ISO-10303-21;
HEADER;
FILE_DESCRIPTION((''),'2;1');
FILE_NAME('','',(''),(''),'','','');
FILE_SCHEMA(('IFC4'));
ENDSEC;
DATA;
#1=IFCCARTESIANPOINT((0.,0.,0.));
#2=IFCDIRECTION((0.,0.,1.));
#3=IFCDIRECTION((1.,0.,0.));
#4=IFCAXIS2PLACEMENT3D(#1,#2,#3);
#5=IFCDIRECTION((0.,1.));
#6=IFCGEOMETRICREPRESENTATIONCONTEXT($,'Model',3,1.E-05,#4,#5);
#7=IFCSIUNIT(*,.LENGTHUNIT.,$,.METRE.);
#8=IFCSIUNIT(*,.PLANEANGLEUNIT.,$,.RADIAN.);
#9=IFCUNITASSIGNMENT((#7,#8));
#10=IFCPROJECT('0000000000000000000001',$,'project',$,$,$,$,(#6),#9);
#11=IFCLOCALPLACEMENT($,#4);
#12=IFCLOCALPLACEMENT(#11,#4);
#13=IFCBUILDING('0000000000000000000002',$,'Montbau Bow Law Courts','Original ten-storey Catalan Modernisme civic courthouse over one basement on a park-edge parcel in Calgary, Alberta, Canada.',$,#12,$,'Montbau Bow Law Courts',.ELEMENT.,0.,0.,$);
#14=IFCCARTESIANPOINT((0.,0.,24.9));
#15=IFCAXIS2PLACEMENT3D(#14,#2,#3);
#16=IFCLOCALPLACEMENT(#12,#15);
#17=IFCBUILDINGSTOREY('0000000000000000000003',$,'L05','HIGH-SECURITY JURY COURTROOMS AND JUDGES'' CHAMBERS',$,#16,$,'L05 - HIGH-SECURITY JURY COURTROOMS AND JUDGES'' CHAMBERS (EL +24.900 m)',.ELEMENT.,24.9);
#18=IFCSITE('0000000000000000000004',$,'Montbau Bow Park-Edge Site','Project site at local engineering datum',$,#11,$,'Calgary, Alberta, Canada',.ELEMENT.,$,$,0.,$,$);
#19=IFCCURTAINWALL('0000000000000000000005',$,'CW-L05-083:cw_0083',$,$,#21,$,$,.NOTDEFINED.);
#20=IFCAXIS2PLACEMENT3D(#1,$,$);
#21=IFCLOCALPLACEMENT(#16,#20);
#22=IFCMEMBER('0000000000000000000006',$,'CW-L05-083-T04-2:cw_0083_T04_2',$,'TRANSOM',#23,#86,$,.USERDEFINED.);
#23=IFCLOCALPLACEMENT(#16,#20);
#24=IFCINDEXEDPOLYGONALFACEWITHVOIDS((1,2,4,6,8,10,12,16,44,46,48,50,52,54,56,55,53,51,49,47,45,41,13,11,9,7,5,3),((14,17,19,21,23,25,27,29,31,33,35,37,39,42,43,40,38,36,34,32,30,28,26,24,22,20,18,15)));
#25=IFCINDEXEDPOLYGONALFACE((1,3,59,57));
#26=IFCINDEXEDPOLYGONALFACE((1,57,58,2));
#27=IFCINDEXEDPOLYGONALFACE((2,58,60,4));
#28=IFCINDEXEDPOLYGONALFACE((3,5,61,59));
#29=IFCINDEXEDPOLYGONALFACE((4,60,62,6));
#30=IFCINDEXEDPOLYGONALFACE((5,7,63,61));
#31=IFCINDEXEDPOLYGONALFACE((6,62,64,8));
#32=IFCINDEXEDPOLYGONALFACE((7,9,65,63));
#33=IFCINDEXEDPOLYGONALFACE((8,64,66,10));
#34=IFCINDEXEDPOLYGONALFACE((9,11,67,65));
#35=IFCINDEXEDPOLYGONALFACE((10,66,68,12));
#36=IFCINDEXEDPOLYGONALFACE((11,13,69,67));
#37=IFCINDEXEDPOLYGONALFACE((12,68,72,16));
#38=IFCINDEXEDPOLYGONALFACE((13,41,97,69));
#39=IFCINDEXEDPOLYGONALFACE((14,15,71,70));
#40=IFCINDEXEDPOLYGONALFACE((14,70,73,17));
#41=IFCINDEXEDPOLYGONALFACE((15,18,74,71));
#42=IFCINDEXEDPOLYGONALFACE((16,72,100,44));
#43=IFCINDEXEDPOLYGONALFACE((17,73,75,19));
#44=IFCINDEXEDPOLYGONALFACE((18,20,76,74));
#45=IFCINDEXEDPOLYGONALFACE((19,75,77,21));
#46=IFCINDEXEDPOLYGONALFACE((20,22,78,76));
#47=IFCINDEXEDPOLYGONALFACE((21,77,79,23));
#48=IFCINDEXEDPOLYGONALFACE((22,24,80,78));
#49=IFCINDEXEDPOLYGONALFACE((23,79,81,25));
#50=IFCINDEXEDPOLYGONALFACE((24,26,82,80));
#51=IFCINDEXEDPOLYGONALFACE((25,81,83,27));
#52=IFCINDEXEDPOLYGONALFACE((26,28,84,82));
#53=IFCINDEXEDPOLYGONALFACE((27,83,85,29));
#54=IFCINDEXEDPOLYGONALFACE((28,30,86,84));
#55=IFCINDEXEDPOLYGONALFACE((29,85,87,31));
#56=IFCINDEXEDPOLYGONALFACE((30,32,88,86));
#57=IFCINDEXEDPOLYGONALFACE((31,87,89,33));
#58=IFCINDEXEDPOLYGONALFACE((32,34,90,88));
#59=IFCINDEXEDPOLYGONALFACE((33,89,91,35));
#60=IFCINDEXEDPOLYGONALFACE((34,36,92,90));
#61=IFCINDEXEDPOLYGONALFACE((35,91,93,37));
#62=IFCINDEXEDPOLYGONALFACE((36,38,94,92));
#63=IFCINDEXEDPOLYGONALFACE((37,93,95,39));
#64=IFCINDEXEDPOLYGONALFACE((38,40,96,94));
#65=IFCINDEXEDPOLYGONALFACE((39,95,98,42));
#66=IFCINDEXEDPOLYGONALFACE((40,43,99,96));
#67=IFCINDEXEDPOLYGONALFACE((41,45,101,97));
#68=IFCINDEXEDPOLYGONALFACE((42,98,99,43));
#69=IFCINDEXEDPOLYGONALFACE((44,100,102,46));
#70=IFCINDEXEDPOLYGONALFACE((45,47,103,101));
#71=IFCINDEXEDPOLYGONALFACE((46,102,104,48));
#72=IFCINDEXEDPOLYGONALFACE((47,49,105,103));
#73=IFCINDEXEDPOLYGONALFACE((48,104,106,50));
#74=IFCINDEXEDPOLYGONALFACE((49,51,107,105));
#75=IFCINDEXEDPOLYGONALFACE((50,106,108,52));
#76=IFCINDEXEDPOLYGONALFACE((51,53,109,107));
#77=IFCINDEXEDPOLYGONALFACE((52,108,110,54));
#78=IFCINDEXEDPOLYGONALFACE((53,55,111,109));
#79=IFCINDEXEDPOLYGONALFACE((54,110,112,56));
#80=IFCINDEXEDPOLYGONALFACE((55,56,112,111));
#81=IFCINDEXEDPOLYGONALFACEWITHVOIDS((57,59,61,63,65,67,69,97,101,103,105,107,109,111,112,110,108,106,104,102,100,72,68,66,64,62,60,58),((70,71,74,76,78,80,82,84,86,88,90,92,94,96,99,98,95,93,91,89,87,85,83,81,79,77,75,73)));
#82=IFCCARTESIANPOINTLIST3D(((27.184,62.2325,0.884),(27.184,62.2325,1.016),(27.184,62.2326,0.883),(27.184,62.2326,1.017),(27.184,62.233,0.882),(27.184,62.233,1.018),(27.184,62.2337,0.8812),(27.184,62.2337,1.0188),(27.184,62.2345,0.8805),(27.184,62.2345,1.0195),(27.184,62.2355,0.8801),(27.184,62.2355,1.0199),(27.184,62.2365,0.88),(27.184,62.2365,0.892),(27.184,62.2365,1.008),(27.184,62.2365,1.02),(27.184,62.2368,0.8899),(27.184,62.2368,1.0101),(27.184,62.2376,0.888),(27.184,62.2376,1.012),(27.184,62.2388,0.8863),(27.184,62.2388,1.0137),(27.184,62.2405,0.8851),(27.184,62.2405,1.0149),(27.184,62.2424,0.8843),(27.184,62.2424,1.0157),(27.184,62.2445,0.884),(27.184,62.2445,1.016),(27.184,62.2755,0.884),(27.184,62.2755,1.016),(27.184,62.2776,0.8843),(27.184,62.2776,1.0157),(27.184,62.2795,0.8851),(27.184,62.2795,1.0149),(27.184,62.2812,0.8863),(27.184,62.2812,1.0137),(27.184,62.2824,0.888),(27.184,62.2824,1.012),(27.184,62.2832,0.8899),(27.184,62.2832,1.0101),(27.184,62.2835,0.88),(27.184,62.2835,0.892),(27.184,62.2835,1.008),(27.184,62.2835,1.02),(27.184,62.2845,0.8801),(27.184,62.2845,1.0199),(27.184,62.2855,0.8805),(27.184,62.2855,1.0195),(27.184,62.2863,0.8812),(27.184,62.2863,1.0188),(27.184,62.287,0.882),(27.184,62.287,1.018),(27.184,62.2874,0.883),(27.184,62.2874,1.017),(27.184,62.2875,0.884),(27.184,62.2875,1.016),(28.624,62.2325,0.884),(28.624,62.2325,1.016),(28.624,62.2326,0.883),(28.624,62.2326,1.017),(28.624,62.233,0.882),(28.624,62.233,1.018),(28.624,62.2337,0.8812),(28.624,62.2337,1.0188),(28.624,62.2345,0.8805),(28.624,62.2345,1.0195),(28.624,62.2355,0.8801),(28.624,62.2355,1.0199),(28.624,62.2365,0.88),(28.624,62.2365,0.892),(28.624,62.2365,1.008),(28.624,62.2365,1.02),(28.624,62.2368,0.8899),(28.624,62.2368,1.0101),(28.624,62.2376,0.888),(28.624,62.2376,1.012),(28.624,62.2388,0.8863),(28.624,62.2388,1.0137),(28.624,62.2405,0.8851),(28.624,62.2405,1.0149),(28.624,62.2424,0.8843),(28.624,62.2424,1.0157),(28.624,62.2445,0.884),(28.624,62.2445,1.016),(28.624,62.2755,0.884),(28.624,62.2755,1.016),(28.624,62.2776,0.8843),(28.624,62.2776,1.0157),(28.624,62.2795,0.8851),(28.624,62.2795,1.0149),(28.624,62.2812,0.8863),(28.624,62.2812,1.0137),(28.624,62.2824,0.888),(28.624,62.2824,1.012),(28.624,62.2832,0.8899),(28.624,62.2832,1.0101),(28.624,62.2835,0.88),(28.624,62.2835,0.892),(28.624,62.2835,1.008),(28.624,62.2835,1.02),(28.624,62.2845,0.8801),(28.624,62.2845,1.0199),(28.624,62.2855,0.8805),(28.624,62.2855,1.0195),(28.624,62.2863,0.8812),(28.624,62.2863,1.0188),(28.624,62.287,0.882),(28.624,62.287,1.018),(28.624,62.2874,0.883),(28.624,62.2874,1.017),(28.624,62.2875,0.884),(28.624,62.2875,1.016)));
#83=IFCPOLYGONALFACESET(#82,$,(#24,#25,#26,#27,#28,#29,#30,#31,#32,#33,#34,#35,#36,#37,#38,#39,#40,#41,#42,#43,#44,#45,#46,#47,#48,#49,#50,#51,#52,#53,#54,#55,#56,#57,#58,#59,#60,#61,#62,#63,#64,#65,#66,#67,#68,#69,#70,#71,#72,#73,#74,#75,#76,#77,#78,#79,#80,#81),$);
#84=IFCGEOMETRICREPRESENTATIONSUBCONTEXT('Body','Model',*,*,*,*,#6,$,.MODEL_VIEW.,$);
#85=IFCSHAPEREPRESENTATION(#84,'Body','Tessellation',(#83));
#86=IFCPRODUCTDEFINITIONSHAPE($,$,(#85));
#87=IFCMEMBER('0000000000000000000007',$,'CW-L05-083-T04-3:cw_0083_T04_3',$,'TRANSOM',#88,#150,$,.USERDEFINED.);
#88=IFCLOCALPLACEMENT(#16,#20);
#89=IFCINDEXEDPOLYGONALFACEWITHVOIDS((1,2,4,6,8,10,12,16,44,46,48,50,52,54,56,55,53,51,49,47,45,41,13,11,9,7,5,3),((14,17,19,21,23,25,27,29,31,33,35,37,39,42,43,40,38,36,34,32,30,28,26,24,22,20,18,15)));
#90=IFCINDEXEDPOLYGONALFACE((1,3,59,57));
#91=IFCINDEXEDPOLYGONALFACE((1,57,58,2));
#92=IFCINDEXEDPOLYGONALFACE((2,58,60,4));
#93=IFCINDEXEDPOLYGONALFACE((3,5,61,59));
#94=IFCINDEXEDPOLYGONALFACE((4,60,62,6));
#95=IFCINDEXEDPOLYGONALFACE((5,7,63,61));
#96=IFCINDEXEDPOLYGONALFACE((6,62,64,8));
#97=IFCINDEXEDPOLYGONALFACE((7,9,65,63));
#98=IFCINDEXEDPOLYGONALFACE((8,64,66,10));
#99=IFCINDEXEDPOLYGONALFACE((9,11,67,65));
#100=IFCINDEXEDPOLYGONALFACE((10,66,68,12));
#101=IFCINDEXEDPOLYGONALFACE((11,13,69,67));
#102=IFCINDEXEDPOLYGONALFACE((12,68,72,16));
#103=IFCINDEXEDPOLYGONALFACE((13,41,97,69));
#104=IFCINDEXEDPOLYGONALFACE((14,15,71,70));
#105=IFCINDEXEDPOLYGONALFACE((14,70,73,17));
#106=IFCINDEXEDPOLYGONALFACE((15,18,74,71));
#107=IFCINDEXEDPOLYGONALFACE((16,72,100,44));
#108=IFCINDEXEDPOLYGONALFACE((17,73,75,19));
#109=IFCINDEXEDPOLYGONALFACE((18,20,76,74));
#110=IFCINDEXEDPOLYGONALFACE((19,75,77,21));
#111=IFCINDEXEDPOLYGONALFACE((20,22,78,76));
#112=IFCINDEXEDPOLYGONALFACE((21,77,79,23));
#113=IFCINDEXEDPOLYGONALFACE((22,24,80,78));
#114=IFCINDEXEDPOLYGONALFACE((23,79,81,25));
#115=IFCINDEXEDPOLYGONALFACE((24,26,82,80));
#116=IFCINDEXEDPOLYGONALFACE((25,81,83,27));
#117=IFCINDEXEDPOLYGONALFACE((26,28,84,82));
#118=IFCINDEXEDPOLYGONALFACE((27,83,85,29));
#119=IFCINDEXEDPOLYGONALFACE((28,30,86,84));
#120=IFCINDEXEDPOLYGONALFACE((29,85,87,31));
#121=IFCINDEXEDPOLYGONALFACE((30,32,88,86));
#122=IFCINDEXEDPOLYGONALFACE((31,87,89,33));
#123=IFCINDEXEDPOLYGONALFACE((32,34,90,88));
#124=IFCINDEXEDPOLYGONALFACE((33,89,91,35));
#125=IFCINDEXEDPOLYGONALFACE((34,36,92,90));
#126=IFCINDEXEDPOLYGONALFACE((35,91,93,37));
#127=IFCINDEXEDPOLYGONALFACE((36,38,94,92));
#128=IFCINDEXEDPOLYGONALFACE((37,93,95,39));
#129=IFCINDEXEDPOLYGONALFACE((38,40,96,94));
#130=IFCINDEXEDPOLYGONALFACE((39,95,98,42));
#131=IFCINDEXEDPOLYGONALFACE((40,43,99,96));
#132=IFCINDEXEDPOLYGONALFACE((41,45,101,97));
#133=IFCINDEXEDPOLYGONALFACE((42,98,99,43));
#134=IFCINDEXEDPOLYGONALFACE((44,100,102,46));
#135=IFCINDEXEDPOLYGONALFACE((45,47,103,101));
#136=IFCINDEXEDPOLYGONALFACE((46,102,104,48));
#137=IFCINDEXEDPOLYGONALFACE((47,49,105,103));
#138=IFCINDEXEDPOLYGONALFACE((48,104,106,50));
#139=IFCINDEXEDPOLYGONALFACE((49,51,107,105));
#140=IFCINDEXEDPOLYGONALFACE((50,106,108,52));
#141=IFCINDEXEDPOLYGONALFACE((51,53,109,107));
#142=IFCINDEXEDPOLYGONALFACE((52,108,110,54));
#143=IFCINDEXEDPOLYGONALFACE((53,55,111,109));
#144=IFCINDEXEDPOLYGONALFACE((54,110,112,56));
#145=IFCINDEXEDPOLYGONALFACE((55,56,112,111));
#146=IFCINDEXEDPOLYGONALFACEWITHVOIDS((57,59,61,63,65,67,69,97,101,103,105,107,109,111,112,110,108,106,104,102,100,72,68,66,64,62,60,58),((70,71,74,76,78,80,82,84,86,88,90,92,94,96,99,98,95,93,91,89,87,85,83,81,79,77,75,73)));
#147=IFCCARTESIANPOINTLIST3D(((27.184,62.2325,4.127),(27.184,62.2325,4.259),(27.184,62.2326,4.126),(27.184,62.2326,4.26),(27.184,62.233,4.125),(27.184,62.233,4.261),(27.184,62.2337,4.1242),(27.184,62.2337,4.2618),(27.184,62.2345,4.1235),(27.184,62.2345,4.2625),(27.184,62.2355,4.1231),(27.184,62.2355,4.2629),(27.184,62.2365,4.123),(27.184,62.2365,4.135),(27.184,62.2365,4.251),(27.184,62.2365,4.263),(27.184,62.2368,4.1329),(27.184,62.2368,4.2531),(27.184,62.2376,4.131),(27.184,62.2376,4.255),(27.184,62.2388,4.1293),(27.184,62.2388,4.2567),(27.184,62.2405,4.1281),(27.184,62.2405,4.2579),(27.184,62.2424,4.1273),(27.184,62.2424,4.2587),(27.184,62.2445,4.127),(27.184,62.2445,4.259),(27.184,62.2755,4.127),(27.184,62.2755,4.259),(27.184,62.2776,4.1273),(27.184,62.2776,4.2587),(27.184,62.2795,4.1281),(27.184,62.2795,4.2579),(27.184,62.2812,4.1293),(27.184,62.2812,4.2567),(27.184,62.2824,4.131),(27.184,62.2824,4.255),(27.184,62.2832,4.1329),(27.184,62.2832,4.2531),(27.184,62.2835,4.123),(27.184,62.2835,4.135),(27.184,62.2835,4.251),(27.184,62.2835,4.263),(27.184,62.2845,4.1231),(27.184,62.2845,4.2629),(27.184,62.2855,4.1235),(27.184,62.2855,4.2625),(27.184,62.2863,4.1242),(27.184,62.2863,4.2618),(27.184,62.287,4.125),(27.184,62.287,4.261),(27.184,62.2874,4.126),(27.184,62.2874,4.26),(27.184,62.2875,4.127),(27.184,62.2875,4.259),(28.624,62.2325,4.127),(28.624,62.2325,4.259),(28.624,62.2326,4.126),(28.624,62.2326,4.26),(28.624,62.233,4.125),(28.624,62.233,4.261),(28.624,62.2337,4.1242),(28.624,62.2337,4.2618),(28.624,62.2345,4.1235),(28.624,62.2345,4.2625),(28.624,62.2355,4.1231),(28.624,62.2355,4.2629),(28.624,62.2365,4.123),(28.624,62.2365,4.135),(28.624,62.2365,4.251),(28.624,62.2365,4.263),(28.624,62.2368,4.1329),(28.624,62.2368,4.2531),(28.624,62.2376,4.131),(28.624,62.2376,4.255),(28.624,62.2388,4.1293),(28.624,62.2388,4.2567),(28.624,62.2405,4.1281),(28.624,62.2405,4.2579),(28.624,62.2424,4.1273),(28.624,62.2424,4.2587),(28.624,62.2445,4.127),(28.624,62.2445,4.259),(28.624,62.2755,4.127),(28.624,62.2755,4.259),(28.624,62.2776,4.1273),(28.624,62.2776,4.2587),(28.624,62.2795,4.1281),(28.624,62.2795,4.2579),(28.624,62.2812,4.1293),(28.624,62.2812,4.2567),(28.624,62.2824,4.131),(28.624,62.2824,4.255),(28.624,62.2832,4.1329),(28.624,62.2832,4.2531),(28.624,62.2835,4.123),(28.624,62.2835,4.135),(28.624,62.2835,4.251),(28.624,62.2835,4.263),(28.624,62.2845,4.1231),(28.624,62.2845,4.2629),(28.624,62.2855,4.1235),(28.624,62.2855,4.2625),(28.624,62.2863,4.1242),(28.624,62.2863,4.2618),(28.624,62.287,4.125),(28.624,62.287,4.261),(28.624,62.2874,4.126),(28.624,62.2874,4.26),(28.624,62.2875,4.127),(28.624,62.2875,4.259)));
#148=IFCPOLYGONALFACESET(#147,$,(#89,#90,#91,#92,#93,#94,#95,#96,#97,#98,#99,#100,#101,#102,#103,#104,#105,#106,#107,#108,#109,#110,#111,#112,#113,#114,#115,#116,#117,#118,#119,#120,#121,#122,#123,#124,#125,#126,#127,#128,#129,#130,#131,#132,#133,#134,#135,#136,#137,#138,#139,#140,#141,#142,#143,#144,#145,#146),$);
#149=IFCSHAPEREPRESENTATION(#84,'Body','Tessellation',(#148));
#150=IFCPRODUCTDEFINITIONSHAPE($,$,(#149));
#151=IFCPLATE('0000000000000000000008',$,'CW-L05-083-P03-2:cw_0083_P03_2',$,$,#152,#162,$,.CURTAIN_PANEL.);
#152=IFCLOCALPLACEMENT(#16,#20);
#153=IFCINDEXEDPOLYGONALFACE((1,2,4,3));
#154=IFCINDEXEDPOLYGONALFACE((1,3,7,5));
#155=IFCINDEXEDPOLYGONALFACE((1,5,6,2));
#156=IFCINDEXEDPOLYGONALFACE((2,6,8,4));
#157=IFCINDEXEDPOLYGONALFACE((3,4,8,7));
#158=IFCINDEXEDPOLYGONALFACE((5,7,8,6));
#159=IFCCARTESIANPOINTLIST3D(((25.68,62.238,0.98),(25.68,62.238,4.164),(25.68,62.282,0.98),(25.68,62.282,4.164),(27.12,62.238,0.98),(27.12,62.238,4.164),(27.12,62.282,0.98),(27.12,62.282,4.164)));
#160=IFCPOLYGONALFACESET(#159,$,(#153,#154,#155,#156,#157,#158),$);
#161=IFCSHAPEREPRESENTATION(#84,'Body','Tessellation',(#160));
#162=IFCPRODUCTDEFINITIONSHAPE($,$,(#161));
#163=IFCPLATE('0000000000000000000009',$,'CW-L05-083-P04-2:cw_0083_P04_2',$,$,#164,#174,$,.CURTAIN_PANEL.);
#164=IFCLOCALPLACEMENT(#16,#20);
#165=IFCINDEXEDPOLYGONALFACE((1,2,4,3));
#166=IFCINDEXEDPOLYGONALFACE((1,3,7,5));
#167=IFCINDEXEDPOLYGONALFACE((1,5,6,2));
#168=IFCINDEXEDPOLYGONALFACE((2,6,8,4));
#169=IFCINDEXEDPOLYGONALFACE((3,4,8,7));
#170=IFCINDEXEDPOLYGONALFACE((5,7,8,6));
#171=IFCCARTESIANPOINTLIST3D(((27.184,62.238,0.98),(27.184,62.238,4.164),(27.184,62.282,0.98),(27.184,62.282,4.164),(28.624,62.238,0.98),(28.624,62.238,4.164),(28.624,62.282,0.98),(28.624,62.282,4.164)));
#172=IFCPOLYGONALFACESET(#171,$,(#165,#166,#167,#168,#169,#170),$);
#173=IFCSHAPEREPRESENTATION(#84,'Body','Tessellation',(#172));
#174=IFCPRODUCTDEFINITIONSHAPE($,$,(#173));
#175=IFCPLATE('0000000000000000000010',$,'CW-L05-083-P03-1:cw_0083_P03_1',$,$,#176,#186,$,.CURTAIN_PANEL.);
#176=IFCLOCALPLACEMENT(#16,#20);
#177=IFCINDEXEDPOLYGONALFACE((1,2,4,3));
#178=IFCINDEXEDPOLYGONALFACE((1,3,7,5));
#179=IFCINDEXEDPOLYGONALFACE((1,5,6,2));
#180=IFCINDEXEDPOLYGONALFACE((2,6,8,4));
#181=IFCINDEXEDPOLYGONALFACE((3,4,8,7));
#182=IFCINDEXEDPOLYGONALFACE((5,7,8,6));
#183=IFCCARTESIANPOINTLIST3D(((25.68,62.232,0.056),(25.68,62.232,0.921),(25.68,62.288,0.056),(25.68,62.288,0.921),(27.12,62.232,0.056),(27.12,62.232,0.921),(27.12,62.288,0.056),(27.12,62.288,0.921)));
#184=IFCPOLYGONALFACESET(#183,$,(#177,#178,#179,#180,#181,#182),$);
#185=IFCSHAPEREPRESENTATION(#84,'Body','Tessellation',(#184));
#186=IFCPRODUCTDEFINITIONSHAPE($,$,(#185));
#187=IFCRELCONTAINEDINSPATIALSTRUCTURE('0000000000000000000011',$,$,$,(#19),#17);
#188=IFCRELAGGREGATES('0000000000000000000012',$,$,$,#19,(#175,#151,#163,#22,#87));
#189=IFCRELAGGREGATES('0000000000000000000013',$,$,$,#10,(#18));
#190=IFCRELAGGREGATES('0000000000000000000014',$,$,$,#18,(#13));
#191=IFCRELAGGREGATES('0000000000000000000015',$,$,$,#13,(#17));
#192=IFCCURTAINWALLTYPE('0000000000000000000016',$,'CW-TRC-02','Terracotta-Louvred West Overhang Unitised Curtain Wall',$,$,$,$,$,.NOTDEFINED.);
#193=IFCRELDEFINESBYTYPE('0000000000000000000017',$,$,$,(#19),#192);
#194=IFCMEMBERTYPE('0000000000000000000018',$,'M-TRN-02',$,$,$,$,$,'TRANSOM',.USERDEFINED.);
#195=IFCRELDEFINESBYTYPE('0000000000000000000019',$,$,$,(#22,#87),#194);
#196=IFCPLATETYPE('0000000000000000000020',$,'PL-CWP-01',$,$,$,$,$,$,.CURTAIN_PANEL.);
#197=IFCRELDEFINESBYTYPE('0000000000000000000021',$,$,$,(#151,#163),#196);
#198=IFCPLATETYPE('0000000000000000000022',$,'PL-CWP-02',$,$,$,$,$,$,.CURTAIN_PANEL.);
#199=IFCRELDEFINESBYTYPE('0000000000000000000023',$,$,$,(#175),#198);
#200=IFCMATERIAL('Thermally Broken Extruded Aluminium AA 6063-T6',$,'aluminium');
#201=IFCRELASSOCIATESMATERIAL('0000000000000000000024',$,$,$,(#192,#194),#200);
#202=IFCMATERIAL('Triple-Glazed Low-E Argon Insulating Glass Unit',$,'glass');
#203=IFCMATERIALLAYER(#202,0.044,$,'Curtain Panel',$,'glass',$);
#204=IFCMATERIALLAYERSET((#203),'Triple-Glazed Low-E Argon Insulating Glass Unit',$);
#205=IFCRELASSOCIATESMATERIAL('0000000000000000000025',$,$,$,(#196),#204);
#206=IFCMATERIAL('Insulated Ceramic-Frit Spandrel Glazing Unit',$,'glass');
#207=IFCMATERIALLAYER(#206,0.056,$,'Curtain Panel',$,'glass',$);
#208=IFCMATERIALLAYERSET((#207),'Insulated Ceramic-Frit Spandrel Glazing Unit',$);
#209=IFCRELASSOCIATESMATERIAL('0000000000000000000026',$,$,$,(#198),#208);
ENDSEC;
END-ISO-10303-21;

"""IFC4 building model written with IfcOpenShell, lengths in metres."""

from ifc_helpers import new_model, si_unit, direction, frame, frame_2d, origin_with_axes, origin_2d_with_axis, place, context, subcontext, project, spatial, rectangle, hollow_rectangle, extrude, material, layer, layer_set, material_profile, profile_set, type_object, element, aggregate, save


model = new_model("IFC4")

# Units and contexts
model_context = context("Model", 3, precision=1e-05, world=origin_with_axes(), true_north=direction((0.0, 1.0)))
body_context = subcontext(model_context, "Body", "Model", "MODEL_VIEW")
ifc_project = project(units=[si_unit("LENGTHUNIT", "METRE"), si_unit("PLANEANGLEUNIT", "RADIAN")], contexts=[model_context])

# Site, building, storey
site_placement = place(None, origin_with_axes())
site = spatial("IfcSite", under=ifc_project, at=site_placement, Name="Montbau Bow Park-Edge Site", Description="Project site at local engineering datum", LongName="Calgary, Alberta, Canada", CompositionType="ELEMENT", RefElevation=0.0)
building_placement = place(site_placement, origin_with_axes())
building = spatial("IfcBuilding", under=site, at=building_placement, Name="Montbau Bow Law Courts", Description="Original ten-storey Catalan Modernisme civic courthouse over one basement on a park-edge parcel in Calgary, Alberta, Canada.", LongName="Montbau Bow Law Courts", CompositionType="ELEMENT", ElevationOfRefHeight=0.0, ElevationOfTerrain=0.0)
storey_placement = place(building_placement, frame((0.0, 0.0, 24.9), z_axis=(0.0, 0.0, 1.0), x_axis=(1.0, 0.0, 0.0)))
storey = spatial("IfcBuildingStorey", under=building, at=storey_placement, Name="L05", Description="HIGH-SECURITY JURY COURTROOMS AND JUDGES' CHAMBERS", LongName="L05 - HIGH-SECURITY JURY COURTROOMS AND JUDGES' CHAMBERS (EL +24.900 m)", CompositionType="ELEMENT", Elevation=24.9)

# Curtain wall, members, plates
ifc_material_1 = material(Name="Thermally Broken Extruded Aluminium AA 6063-T6", Category="aluminium")
curtain_wall_type = type_object("IfcCurtainWallType", Name="CW-TRC-02", Description="Terracotta-Louvred West Overhang Unitised Curtain Wall", PredefinedType="NOTDEFINED", material=ifc_material_1)
curtain_wall_placement = place(None, frame((22.64, 62.26, 24.9), z_axis=(0.0, 0.0, 1.0), x_axis=(1.0, 0.0, 0.0)))
curtain_wall = element("IfcCurtainWall", 1, at=curtain_wall_placement, inside=storey, type_object=curtain_wall_type, Name="CW-L05-083:cw_0083", PredefinedType="NOTDEFINED")
ifc_material_profile_1 = material_profile(ifc_material_1, hollow_rectangle(XDim=0.055, YDim=0.14, WallThickness=0.004, InnerFilletRadius=0.008, OuterFilletRadius=0.004, at=origin_2d_with_axis()), Name="CWT-140X55", Category="Main", Priority=0)
ifc_profile_set_1 = profile_set([ifc_material_profile_1], Name="Thermally Broken Extruded Aluminium AA 6063-T6")
member_type_1 = type_object("IfcMemberType", Name="M-TRN-02", ElementType="TRANSOM", PredefinedType="USERDEFINED", material=ifc_profile_set_1)
member_1_placement = place(None, frame((27.184, 62.26, 25.85), z_axis=(1.0, 0.0, 0.0), x_axis=(0.0, 1.0, 0.0)))
member_1 = element("IfcMember", 2, at=member_1_placement, type_object=member_type_1, Name="CW-L05-083-T04-2:cw_0083_T04_2", ObjectType="TRANSOM", PredefinedType="USERDEFINED", context=body_context, shape_type="SweptSolid", body=[
    extrude(hollow_rectangle(XDim=0.055, YDim=0.14, WallThickness=0.004, InnerFilletRadius=0.008, OuterFilletRadius=0.004, at=origin_2d_with_axis()), origin_with_axes(), (0.0, 0.0, 1.0), 1.44),
])
member_2_placement = place(None, frame((27.184, 62.26, 29.093), z_axis=(1.0, 0.0, 0.0), x_axis=(0.0, 1.0, 0.0)))
member_2 = element("IfcMember", 3, at=member_2_placement, type_object=member_type_1, Name="CW-L05-083-T04-3:cw_0083_T04_3", ObjectType="TRANSOM", PredefinedType="USERDEFINED", context=body_context, shape_type="SweptSolid", body=[
    extrude(hollow_rectangle(XDim=0.055, YDim=0.14, WallThickness=0.004, InnerFilletRadius=0.008, OuterFilletRadius=0.004, at=origin_2d_with_axis()), origin_with_axes(), (0.0, 0.0, 1.0), 1.44),
])
ifc_material_2 = material(Name="Triple-Glazed Low-E Argon Insulating Glass Unit", Category="glass")
ifc_layer_1 = layer(ifc_material_2, 0.044, Name="Curtain Panel", Category="glass")
ifc_layer_set_1 = layer_set([ifc_layer_1], Name="Triple-Glazed Low-E Argon Insulating Glass Unit")
plate_type_1 = type_object("IfcPlateType", Name="PL-CWP-01", PredefinedType="CURTAIN_PANEL", material=ifc_layer_set_1)
plate_1_placement = place(None, frame((25.68, 62.26, 25.88), z_axis=(0.0, -1.0, 0.0), x_axis=(1.0, 0.0, 0.0)))
plate_1 = element("IfcPlate", 4, at=plate_1_placement, type_object=plate_type_1, Name="CW-L05-083-P03-2:cw_0083_P03_2", PredefinedType="CURTAIN_PANEL", context=body_context, shape_type="SweptSolid", body=[
    extrude(rectangle(XDim=1.44, YDim=3.184, at=frame_2d((0.72, 1.592), x_axis=(1.0, 0.0))), frame((0.0, 0.0, -0.022), z_axis=(0.0, 0.0, 1.0), x_axis=(1.0, 0.0, 0.0)), (0.0, 0.0, 1.0), 0.044),
])
plate_2_placement = place(None, frame((27.184, 62.26, 25.88), z_axis=(0.0, -1.0, 0.0), x_axis=(1.0, 0.0, 0.0)))
plate_2 = element("IfcPlate", 5, at=plate_2_placement, type_object=plate_type_1, Name="CW-L05-083-P04-2:cw_0083_P04_2", PredefinedType="CURTAIN_PANEL", context=body_context, shape_type="SweptSolid", body=[
    extrude(rectangle(XDim=1.44, YDim=3.184, at=frame_2d((0.72, 1.592), x_axis=(1.0, 0.0))), frame((0.0, 0.0, -0.022), z_axis=(0.0, 0.0, 1.0), x_axis=(1.0, 0.0, 0.0)), (0.0, 0.0, 1.0), 0.044),
])
ifc_material_3 = material(Name="Insulated Ceramic-Frit Spandrel Glazing Unit", Category="glass")
ifc_layer_2 = layer(ifc_material_3, 0.056, Name="Curtain Panel", Category="glass")
ifc_layer_set_2 = layer_set([ifc_layer_2], Name="Insulated Ceramic-Frit Spandrel Glazing Unit")
plate_type_2 = type_object("IfcPlateType", Name="PL-CWP-02", PredefinedType="CURTAIN_PANEL", material=ifc_layer_set_2)
plate_3_placement = place(None, frame((25.68, 62.26, 24.956), z_axis=(0.0, -1.0, 0.0), x_axis=(1.0, 0.0, 0.0)))
plate_3 = element("IfcPlate", 6, at=plate_3_placement, type_object=plate_type_2, Name="CW-L05-083-P03-1:cw_0083_P03_1", PredefinedType="CURTAIN_PANEL", context=body_context, shape_type="SweptSolid", body=[
    extrude(rectangle(XDim=1.44, YDim=0.865, at=frame_2d((0.72, 0.4325), x_axis=(1.0, 0.0))), frame((0.0, 0.0, -0.028), z_axis=(0.0, 0.0, 1.0), x_axis=(1.0, 0.0, 0.0)), (0.0, 0.0, 1.0), 0.056),
])
aggregate(curtain_wall, [plate_3, plate_1, plate_2, member_1, member_2])

save(model, "model.ifc")
